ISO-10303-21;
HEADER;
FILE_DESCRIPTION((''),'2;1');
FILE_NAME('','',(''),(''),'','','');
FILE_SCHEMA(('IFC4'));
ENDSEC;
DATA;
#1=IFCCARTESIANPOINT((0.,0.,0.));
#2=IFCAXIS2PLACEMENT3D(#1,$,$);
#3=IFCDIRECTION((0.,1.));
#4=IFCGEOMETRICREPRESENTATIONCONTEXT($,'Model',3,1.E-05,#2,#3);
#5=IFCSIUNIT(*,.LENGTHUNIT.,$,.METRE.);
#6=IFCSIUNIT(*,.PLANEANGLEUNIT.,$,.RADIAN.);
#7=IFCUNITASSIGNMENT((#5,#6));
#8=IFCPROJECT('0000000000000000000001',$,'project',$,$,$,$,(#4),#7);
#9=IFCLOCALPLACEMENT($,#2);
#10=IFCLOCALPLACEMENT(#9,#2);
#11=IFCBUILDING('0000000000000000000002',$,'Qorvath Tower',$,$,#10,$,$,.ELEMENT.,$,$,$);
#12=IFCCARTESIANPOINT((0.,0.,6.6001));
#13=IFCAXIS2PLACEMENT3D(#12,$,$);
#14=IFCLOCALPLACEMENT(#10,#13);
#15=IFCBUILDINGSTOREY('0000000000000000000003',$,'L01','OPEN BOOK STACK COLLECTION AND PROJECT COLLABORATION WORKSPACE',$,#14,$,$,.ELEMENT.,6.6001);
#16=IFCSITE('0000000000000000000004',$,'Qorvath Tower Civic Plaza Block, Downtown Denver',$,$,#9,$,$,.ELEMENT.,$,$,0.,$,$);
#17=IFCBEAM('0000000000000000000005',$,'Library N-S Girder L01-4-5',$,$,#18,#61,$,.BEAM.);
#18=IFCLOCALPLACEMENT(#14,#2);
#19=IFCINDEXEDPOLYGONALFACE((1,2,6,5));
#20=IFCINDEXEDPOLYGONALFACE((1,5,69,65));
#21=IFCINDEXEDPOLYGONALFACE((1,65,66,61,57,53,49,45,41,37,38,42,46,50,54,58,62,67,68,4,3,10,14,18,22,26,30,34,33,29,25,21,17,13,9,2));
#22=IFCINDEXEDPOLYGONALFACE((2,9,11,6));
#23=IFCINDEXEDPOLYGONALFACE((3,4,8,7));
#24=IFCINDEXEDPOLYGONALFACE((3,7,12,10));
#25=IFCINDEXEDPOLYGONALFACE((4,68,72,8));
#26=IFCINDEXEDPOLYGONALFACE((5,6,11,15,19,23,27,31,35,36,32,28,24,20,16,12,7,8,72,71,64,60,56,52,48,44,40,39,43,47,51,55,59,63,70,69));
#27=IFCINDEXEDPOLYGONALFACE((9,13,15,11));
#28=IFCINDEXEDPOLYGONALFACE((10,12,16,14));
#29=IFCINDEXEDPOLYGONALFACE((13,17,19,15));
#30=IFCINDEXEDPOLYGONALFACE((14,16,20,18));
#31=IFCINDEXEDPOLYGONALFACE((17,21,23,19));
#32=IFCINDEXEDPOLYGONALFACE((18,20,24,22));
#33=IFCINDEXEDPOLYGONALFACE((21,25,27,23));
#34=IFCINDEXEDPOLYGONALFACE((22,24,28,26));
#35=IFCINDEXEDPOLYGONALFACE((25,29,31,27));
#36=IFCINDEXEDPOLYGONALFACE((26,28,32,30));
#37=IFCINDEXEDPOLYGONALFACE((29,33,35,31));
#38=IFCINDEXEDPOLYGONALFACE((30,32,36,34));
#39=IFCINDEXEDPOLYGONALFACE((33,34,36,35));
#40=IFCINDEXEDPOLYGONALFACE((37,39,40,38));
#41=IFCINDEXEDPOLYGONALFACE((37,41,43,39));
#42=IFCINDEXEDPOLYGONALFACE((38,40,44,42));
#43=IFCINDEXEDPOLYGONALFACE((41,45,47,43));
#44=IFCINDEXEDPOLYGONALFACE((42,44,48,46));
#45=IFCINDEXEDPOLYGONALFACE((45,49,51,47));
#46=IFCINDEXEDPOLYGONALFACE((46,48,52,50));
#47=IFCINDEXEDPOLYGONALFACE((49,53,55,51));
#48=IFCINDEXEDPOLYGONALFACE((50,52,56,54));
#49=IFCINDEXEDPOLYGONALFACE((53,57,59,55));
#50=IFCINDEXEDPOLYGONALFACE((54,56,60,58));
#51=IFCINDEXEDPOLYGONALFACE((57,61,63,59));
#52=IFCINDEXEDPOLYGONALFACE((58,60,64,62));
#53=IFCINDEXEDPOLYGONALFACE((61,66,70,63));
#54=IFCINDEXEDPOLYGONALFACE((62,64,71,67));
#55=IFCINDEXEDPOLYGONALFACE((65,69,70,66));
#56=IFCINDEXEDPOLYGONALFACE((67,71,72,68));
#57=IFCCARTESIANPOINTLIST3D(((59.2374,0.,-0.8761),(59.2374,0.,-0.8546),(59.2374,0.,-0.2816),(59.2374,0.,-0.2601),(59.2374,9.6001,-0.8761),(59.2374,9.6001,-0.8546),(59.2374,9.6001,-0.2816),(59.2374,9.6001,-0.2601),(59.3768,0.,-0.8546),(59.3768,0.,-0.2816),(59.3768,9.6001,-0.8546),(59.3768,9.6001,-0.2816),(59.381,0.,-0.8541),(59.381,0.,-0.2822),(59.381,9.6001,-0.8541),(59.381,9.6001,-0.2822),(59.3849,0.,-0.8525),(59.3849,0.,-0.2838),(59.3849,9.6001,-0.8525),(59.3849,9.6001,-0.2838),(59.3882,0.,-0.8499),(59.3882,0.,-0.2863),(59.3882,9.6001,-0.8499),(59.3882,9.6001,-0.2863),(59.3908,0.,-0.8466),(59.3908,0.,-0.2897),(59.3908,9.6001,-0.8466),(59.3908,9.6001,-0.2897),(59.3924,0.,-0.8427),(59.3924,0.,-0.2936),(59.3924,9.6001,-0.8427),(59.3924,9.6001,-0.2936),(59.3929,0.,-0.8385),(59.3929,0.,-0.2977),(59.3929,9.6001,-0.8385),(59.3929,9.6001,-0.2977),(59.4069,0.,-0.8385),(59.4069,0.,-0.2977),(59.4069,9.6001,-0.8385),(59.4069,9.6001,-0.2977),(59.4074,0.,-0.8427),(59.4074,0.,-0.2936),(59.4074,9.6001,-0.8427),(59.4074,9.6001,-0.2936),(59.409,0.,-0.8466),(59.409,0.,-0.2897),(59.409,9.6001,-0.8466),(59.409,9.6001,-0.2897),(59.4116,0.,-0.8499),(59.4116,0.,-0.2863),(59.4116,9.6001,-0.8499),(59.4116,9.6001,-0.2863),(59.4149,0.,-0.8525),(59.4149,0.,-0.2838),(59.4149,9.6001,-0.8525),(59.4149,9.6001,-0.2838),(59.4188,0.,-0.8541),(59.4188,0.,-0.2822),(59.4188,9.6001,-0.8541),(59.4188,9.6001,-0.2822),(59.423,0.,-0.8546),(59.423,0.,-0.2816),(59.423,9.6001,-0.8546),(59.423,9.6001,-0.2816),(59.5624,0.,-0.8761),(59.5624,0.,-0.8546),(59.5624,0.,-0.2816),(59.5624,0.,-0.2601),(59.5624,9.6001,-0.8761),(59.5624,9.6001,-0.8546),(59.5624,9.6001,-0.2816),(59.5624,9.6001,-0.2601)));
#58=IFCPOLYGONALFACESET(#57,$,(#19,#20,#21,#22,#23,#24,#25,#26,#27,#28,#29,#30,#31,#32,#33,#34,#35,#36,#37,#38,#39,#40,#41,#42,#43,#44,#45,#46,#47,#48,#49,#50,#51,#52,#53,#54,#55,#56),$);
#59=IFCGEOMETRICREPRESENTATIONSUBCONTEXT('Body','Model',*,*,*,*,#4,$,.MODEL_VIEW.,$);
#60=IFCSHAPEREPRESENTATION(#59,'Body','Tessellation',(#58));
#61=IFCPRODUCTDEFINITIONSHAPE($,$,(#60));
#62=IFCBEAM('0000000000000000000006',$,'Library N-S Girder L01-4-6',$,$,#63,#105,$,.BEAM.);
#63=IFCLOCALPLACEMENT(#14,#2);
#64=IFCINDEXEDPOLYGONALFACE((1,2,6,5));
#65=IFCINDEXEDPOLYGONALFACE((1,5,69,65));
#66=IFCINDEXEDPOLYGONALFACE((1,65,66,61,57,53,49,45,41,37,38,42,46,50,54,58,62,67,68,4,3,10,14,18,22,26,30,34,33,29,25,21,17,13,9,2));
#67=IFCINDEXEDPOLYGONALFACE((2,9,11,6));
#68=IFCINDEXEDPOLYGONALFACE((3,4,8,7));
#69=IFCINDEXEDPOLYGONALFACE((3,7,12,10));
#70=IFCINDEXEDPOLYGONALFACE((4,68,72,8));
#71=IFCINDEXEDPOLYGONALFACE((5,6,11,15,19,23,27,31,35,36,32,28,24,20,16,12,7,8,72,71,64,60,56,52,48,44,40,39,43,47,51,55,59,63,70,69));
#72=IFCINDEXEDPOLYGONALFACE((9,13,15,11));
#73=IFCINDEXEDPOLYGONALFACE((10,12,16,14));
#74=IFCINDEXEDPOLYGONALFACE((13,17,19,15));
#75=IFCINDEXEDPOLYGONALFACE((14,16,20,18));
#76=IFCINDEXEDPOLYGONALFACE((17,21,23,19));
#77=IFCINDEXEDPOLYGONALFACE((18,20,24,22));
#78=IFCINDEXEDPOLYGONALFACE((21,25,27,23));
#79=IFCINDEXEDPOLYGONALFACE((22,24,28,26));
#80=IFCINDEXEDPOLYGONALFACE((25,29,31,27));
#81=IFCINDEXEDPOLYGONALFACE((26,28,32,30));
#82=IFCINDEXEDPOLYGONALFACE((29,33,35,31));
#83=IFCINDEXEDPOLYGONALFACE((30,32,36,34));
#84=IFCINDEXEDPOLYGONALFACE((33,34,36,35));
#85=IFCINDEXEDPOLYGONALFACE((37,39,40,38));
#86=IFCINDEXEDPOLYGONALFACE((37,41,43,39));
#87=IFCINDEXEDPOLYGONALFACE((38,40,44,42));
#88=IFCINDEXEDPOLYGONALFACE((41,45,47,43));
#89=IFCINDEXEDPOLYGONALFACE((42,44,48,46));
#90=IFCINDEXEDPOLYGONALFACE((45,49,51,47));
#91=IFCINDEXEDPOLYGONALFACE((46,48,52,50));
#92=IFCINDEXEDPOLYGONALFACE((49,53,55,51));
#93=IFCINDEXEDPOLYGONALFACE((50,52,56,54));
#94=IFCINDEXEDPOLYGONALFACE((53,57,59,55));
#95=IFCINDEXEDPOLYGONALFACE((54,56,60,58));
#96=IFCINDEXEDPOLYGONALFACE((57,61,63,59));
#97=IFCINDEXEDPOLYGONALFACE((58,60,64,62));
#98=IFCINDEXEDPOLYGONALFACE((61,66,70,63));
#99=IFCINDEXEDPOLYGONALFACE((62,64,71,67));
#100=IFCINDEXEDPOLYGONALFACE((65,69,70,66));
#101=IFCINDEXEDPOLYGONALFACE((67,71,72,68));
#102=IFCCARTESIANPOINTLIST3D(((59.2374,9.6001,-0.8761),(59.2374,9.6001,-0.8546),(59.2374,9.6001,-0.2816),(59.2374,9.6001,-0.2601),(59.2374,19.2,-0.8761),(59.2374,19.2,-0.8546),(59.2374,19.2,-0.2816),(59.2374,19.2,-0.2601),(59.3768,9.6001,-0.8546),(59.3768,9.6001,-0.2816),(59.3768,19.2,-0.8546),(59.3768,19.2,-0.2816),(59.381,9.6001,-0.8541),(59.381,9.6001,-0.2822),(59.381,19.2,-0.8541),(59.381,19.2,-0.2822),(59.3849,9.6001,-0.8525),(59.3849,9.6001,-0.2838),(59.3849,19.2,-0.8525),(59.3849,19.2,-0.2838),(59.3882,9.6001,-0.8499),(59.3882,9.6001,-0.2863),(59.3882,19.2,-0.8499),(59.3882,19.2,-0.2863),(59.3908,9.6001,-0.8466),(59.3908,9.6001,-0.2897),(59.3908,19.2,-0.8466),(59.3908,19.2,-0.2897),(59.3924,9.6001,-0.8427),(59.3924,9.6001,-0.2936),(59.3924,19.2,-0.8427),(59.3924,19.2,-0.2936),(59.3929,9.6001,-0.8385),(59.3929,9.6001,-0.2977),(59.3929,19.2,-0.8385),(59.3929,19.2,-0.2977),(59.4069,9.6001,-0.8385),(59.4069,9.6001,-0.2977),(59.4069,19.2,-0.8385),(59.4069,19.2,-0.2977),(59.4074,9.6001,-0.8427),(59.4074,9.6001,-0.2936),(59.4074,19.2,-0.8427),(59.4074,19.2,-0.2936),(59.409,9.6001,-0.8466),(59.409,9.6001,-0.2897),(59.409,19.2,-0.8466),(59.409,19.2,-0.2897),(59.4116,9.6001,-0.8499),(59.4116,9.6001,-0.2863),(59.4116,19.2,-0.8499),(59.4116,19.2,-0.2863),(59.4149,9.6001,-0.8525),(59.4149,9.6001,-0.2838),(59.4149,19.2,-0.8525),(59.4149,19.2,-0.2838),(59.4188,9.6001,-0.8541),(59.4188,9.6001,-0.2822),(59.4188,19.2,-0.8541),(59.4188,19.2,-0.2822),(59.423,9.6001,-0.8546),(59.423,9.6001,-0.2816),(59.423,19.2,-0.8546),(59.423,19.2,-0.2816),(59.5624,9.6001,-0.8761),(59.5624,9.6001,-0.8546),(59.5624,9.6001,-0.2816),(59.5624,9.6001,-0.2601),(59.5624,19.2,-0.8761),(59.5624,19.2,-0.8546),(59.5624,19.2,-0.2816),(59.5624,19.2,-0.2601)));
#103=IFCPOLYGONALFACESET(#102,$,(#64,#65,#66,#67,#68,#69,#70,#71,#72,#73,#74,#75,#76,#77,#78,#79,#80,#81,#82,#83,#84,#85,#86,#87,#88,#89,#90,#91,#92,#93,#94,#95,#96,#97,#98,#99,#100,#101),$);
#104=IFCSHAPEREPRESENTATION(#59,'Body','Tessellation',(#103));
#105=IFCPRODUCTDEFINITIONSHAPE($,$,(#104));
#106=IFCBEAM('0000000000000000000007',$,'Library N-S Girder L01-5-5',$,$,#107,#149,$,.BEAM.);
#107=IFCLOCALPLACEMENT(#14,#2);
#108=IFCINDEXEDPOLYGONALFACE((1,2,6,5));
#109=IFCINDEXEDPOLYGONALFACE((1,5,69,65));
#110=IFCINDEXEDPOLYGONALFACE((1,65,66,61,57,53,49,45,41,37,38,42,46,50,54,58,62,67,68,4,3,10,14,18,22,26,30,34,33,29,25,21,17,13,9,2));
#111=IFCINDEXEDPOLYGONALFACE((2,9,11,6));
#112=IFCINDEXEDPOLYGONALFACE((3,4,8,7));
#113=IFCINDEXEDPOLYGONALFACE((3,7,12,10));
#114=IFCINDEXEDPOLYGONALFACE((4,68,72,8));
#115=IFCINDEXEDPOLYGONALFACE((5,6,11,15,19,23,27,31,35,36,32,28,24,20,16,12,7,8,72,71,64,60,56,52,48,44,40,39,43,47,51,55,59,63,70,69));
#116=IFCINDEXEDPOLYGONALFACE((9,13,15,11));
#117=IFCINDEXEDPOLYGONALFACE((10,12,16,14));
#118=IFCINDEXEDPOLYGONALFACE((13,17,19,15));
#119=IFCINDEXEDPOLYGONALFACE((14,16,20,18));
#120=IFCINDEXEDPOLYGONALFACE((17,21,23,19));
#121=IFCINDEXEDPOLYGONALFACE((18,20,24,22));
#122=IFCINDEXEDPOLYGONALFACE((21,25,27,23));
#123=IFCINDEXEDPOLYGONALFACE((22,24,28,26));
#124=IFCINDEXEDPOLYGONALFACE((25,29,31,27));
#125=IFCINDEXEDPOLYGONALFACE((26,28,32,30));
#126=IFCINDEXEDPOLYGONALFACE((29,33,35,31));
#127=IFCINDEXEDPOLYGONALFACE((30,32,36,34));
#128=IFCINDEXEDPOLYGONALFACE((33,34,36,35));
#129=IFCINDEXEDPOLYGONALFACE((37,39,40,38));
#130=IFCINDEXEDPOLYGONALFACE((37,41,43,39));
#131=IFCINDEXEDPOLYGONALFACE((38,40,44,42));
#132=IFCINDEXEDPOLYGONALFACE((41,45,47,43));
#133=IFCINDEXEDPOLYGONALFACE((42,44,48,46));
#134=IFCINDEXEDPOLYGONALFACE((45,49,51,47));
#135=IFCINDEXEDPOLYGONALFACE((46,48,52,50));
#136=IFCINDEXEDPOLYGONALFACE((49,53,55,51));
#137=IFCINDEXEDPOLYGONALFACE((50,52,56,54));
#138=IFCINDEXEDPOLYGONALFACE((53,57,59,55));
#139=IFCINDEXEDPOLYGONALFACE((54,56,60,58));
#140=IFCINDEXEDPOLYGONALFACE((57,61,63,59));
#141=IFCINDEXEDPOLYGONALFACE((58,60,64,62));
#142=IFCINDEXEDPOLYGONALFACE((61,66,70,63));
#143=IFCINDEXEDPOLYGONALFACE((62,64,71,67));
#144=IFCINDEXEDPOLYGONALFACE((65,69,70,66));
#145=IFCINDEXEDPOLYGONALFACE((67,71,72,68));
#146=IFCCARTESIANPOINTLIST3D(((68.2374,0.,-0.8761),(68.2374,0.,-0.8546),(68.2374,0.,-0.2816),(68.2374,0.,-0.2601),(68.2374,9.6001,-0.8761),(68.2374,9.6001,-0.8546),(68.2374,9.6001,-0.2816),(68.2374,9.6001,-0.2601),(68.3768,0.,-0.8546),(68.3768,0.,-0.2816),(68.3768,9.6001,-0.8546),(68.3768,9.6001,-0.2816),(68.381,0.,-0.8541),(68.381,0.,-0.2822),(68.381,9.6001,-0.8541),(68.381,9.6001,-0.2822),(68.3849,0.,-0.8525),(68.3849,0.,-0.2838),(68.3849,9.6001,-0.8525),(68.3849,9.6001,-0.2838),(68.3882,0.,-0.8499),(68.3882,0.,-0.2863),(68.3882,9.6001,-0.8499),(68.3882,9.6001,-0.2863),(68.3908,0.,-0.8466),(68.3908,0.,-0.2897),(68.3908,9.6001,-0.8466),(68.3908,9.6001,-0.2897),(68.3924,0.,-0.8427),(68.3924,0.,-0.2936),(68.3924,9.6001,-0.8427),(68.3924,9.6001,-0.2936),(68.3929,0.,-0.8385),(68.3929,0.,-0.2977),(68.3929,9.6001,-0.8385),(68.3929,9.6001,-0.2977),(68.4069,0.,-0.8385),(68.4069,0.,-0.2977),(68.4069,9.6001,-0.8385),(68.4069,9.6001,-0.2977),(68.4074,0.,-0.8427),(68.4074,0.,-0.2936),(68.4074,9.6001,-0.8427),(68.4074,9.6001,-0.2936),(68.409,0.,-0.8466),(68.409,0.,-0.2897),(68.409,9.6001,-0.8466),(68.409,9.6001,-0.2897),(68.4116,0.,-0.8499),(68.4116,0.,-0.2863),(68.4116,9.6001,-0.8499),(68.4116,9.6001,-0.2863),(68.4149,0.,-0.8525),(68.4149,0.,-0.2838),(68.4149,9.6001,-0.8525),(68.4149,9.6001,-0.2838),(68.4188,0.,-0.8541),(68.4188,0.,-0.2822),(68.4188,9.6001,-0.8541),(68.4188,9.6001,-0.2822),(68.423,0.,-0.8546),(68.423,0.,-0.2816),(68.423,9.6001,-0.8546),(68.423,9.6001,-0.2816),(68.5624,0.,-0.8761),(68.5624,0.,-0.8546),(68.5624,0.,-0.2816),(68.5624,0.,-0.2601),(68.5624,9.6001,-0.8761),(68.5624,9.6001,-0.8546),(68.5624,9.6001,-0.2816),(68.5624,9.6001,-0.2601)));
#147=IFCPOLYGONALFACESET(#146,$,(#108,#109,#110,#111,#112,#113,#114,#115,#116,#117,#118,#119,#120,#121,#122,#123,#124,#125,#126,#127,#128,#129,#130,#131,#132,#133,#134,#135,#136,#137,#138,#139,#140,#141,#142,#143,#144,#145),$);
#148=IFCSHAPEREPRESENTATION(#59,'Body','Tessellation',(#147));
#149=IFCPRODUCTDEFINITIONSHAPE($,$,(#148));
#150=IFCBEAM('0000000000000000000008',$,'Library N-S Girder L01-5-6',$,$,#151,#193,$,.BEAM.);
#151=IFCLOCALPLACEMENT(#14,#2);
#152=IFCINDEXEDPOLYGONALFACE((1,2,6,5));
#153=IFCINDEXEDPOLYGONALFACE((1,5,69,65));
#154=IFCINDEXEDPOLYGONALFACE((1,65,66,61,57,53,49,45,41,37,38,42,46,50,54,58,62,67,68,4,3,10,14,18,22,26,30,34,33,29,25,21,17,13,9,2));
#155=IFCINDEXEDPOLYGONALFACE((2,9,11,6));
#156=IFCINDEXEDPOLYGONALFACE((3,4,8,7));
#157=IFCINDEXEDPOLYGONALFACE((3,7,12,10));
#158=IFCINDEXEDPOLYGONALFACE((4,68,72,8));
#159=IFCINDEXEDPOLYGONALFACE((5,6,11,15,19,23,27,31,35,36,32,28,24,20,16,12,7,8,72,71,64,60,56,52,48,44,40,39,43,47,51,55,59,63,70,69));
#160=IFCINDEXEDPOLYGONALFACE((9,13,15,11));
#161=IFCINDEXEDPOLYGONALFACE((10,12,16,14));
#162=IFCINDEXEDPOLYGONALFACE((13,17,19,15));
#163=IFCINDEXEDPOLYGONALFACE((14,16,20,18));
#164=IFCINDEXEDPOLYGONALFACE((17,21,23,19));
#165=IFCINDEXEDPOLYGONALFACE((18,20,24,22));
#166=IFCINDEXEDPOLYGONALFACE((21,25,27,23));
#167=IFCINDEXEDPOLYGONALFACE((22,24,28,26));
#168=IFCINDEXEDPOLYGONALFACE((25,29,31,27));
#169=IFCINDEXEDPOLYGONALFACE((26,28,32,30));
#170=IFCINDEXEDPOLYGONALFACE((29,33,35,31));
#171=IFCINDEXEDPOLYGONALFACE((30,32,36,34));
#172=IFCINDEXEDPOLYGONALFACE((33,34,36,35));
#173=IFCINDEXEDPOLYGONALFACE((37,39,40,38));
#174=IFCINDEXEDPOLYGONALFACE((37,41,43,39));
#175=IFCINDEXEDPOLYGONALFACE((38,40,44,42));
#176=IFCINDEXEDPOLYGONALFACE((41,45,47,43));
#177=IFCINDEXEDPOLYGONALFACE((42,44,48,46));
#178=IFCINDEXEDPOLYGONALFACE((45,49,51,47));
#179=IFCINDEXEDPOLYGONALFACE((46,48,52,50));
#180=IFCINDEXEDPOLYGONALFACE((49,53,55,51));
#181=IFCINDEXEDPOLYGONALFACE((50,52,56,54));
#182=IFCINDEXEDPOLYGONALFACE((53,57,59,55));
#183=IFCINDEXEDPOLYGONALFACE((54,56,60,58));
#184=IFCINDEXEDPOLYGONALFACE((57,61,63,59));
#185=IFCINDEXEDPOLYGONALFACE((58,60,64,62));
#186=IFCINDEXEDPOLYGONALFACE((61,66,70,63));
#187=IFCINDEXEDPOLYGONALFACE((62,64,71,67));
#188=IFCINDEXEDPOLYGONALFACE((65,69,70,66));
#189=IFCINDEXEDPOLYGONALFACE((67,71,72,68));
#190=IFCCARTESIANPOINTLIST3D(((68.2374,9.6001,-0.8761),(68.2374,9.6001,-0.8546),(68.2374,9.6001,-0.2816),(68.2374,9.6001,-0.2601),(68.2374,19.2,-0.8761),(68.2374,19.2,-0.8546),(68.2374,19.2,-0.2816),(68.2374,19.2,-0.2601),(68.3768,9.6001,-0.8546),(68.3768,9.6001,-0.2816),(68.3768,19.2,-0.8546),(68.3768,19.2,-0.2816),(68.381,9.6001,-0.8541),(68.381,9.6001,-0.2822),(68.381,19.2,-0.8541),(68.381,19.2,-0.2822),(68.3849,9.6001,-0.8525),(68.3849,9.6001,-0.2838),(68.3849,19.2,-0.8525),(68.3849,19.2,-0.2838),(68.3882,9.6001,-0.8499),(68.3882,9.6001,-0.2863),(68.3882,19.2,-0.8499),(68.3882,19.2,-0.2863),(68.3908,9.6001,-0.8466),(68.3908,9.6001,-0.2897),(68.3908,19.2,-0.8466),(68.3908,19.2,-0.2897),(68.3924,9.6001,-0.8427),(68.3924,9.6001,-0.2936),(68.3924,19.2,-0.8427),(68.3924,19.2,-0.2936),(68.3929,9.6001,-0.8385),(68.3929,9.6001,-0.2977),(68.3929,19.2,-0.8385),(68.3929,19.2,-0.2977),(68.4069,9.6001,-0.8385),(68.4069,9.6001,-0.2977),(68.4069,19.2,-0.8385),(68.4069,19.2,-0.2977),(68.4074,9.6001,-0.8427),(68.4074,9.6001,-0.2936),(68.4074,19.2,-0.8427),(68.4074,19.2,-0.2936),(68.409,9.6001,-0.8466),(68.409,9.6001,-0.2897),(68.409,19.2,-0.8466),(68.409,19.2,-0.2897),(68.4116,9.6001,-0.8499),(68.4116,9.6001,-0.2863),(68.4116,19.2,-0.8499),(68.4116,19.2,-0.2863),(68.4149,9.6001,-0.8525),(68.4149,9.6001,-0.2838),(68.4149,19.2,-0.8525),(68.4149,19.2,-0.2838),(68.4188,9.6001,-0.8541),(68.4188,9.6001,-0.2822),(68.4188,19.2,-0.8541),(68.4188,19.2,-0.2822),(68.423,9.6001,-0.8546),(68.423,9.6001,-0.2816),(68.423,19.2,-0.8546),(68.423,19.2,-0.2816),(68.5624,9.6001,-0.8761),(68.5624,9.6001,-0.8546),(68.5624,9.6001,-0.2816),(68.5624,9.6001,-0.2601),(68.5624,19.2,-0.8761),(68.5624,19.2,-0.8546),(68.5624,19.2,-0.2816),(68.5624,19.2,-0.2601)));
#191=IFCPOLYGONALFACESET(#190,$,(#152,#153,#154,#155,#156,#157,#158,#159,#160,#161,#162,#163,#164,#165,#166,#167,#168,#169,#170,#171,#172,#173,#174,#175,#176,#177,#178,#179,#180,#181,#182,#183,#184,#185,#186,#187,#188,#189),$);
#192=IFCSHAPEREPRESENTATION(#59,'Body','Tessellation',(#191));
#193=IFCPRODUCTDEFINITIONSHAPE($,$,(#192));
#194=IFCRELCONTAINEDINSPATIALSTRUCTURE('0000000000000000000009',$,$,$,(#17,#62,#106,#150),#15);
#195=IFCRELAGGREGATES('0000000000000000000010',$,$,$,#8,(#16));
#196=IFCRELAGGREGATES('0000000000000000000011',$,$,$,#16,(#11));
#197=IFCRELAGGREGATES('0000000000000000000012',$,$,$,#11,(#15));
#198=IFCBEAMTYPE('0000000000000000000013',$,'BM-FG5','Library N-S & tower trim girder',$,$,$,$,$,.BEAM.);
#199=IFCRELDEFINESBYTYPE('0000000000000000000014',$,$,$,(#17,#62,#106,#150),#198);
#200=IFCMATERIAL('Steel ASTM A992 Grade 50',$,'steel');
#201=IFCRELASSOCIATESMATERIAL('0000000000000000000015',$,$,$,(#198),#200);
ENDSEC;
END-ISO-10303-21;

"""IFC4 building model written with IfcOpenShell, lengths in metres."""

from ifc_helpers import new_model, si_unit, direction, frame, origin, origin_2d, place, context, subcontext, project, spatial, i_section, extrude, material, material_profile, profile_set, type_object, element, save


model = new_model("IFC4")

# Units and contexts
model_context = context("Model", 3, precision=1e-05, world=origin(), true_north=direction((0.0, 1.0)))
body_context = subcontext(model_context, "Body", "Model", "MODEL_VIEW")
ifc_project = project(units=[si_unit("LENGTHUNIT", "METRE"), si_unit("PLANEANGLEUNIT", "RADIAN")], contexts=[model_context])

# Site, building, storey
site_placement = place(None, origin())
site = spatial("IfcSite", under=ifc_project, at=site_placement, Name="Qorvath Tower Civic Plaza Block, Downtown Denver", CompositionType="ELEMENT", RefElevation=0.0)
building_placement = place(site_placement, origin())
building = spatial("IfcBuilding", under=site, at=building_placement, Name="Qorvath Tower", CompositionType="ELEMENT")
storey_placement = place(building_placement, frame((0.0, 0.0, 6.6001)))
storey = spatial("IfcBuildingStorey", under=building, at=storey_placement, Name="L01", Description="OPEN BOOK STACK COLLECTION AND PROJECT COLLABORATION WORKSPACE", CompositionType="ELEMENT", Elevation=6.6001)

# Beams
ifc_material_1 = material(Name="Steel ASTM A992 Grade 50", Category="steel")
ifc_material_profile_1 = material_profile(ifc_material_1, i_section(OverallWidth=0.325, OverallDepth=0.616, WebThickness=0.0139, FlangeThickness=0.0215, FilletRadius=0.0161, at=origin_2d()), Name="W24x117")
ifc_profile_set_1 = profile_set([ifc_material_profile_1], Name="Steel ASTM A992 Grade 50")
beam_type_1 = type_object("IfcBeamType", Name="BM-FG5", Description="Library N-S & tower trim girder", PredefinedType="BEAM", material=ifc_profile_set_1)
beam_1_placement = place(storey_placement, frame((59.3999, 0.0, -0.5681), z_axis=(0.0, 1.0, 0.0), x_axis=(-1.0, 0.0, 0.0)))
element("IfcBeam", 1, at=beam_1_placement, inside=storey, type_object=beam_type_1, Name="Library N-S Girder L01-4-5", PredefinedType="BEAM", context=body_context, shape_type="SweptSolid", body=[
    extrude(i_section(OverallWidth=0.325, OverallDepth=0.616, WebThickness=0.0139, FlangeThickness=0.0215, FilletRadius=0.0161, at=origin_2d()), origin(), (0.0, 0.0, 1.0), 9.6001),
])
beam_2_placement = place(storey_placement, frame((59.3999, 9.6001, -0.5681), z_axis=(0.0, 1.0, 0.0), x_axis=(-1.0, 0.0, 0.0)))
element("IfcBeam", 2, at=beam_2_placement, inside=storey, type_object=beam_type_1, Name="Library N-S Girder L01-4-6", PredefinedType="BEAM", context=body_context, shape_type="SweptSolid", body=[
    extrude(i_section(OverallWidth=0.325, OverallDepth=0.616, WebThickness=0.0139, FlangeThickness=0.0215, FilletRadius=0.0161, at=origin_2d()), origin(), (0.0, 0.0, 1.0), 9.5999),
])
beam_3_placement = place(storey_placement, frame((68.3999, 0.0, -0.5681), z_axis=(0.0, 1.0, 0.0), x_axis=(-1.0, 0.0, 0.0)))
element("IfcBeam", 3, at=beam_3_placement, inside=storey, type_object=beam_type_1, Name="Library N-S Girder L01-5-5", PredefinedType="BEAM", context=body_context, shape_type="SweptSolid", body=[
    extrude(i_section(OverallWidth=0.325, OverallDepth=0.616, WebThickness=0.0139, FlangeThickness=0.0215, FilletRadius=0.0161, at=origin_2d()), origin(), (0.0, 0.0, 1.0), 9.6001),
])
beam_4_placement = place(storey_placement, frame((68.3999, 9.6001, -0.5681), z_axis=(0.0, 1.0, 0.0), x_axis=(-1.0, 0.0, 0.0)))
element("IfcBeam", 4, at=beam_4_placement, inside=storey, type_object=beam_type_1, Name="Library N-S Girder L01-5-6", PredefinedType="BEAM", context=body_context, shape_type="SweptSolid", body=[
    extrude(i_section(OverallWidth=0.325, OverallDepth=0.616, WebThickness=0.0139, FlangeThickness=0.0215, FilletRadius=0.0161, at=origin_2d()), origin(), (0.0, 0.0, 1.0), 9.5999),
])

save(model, "model.ifc")
